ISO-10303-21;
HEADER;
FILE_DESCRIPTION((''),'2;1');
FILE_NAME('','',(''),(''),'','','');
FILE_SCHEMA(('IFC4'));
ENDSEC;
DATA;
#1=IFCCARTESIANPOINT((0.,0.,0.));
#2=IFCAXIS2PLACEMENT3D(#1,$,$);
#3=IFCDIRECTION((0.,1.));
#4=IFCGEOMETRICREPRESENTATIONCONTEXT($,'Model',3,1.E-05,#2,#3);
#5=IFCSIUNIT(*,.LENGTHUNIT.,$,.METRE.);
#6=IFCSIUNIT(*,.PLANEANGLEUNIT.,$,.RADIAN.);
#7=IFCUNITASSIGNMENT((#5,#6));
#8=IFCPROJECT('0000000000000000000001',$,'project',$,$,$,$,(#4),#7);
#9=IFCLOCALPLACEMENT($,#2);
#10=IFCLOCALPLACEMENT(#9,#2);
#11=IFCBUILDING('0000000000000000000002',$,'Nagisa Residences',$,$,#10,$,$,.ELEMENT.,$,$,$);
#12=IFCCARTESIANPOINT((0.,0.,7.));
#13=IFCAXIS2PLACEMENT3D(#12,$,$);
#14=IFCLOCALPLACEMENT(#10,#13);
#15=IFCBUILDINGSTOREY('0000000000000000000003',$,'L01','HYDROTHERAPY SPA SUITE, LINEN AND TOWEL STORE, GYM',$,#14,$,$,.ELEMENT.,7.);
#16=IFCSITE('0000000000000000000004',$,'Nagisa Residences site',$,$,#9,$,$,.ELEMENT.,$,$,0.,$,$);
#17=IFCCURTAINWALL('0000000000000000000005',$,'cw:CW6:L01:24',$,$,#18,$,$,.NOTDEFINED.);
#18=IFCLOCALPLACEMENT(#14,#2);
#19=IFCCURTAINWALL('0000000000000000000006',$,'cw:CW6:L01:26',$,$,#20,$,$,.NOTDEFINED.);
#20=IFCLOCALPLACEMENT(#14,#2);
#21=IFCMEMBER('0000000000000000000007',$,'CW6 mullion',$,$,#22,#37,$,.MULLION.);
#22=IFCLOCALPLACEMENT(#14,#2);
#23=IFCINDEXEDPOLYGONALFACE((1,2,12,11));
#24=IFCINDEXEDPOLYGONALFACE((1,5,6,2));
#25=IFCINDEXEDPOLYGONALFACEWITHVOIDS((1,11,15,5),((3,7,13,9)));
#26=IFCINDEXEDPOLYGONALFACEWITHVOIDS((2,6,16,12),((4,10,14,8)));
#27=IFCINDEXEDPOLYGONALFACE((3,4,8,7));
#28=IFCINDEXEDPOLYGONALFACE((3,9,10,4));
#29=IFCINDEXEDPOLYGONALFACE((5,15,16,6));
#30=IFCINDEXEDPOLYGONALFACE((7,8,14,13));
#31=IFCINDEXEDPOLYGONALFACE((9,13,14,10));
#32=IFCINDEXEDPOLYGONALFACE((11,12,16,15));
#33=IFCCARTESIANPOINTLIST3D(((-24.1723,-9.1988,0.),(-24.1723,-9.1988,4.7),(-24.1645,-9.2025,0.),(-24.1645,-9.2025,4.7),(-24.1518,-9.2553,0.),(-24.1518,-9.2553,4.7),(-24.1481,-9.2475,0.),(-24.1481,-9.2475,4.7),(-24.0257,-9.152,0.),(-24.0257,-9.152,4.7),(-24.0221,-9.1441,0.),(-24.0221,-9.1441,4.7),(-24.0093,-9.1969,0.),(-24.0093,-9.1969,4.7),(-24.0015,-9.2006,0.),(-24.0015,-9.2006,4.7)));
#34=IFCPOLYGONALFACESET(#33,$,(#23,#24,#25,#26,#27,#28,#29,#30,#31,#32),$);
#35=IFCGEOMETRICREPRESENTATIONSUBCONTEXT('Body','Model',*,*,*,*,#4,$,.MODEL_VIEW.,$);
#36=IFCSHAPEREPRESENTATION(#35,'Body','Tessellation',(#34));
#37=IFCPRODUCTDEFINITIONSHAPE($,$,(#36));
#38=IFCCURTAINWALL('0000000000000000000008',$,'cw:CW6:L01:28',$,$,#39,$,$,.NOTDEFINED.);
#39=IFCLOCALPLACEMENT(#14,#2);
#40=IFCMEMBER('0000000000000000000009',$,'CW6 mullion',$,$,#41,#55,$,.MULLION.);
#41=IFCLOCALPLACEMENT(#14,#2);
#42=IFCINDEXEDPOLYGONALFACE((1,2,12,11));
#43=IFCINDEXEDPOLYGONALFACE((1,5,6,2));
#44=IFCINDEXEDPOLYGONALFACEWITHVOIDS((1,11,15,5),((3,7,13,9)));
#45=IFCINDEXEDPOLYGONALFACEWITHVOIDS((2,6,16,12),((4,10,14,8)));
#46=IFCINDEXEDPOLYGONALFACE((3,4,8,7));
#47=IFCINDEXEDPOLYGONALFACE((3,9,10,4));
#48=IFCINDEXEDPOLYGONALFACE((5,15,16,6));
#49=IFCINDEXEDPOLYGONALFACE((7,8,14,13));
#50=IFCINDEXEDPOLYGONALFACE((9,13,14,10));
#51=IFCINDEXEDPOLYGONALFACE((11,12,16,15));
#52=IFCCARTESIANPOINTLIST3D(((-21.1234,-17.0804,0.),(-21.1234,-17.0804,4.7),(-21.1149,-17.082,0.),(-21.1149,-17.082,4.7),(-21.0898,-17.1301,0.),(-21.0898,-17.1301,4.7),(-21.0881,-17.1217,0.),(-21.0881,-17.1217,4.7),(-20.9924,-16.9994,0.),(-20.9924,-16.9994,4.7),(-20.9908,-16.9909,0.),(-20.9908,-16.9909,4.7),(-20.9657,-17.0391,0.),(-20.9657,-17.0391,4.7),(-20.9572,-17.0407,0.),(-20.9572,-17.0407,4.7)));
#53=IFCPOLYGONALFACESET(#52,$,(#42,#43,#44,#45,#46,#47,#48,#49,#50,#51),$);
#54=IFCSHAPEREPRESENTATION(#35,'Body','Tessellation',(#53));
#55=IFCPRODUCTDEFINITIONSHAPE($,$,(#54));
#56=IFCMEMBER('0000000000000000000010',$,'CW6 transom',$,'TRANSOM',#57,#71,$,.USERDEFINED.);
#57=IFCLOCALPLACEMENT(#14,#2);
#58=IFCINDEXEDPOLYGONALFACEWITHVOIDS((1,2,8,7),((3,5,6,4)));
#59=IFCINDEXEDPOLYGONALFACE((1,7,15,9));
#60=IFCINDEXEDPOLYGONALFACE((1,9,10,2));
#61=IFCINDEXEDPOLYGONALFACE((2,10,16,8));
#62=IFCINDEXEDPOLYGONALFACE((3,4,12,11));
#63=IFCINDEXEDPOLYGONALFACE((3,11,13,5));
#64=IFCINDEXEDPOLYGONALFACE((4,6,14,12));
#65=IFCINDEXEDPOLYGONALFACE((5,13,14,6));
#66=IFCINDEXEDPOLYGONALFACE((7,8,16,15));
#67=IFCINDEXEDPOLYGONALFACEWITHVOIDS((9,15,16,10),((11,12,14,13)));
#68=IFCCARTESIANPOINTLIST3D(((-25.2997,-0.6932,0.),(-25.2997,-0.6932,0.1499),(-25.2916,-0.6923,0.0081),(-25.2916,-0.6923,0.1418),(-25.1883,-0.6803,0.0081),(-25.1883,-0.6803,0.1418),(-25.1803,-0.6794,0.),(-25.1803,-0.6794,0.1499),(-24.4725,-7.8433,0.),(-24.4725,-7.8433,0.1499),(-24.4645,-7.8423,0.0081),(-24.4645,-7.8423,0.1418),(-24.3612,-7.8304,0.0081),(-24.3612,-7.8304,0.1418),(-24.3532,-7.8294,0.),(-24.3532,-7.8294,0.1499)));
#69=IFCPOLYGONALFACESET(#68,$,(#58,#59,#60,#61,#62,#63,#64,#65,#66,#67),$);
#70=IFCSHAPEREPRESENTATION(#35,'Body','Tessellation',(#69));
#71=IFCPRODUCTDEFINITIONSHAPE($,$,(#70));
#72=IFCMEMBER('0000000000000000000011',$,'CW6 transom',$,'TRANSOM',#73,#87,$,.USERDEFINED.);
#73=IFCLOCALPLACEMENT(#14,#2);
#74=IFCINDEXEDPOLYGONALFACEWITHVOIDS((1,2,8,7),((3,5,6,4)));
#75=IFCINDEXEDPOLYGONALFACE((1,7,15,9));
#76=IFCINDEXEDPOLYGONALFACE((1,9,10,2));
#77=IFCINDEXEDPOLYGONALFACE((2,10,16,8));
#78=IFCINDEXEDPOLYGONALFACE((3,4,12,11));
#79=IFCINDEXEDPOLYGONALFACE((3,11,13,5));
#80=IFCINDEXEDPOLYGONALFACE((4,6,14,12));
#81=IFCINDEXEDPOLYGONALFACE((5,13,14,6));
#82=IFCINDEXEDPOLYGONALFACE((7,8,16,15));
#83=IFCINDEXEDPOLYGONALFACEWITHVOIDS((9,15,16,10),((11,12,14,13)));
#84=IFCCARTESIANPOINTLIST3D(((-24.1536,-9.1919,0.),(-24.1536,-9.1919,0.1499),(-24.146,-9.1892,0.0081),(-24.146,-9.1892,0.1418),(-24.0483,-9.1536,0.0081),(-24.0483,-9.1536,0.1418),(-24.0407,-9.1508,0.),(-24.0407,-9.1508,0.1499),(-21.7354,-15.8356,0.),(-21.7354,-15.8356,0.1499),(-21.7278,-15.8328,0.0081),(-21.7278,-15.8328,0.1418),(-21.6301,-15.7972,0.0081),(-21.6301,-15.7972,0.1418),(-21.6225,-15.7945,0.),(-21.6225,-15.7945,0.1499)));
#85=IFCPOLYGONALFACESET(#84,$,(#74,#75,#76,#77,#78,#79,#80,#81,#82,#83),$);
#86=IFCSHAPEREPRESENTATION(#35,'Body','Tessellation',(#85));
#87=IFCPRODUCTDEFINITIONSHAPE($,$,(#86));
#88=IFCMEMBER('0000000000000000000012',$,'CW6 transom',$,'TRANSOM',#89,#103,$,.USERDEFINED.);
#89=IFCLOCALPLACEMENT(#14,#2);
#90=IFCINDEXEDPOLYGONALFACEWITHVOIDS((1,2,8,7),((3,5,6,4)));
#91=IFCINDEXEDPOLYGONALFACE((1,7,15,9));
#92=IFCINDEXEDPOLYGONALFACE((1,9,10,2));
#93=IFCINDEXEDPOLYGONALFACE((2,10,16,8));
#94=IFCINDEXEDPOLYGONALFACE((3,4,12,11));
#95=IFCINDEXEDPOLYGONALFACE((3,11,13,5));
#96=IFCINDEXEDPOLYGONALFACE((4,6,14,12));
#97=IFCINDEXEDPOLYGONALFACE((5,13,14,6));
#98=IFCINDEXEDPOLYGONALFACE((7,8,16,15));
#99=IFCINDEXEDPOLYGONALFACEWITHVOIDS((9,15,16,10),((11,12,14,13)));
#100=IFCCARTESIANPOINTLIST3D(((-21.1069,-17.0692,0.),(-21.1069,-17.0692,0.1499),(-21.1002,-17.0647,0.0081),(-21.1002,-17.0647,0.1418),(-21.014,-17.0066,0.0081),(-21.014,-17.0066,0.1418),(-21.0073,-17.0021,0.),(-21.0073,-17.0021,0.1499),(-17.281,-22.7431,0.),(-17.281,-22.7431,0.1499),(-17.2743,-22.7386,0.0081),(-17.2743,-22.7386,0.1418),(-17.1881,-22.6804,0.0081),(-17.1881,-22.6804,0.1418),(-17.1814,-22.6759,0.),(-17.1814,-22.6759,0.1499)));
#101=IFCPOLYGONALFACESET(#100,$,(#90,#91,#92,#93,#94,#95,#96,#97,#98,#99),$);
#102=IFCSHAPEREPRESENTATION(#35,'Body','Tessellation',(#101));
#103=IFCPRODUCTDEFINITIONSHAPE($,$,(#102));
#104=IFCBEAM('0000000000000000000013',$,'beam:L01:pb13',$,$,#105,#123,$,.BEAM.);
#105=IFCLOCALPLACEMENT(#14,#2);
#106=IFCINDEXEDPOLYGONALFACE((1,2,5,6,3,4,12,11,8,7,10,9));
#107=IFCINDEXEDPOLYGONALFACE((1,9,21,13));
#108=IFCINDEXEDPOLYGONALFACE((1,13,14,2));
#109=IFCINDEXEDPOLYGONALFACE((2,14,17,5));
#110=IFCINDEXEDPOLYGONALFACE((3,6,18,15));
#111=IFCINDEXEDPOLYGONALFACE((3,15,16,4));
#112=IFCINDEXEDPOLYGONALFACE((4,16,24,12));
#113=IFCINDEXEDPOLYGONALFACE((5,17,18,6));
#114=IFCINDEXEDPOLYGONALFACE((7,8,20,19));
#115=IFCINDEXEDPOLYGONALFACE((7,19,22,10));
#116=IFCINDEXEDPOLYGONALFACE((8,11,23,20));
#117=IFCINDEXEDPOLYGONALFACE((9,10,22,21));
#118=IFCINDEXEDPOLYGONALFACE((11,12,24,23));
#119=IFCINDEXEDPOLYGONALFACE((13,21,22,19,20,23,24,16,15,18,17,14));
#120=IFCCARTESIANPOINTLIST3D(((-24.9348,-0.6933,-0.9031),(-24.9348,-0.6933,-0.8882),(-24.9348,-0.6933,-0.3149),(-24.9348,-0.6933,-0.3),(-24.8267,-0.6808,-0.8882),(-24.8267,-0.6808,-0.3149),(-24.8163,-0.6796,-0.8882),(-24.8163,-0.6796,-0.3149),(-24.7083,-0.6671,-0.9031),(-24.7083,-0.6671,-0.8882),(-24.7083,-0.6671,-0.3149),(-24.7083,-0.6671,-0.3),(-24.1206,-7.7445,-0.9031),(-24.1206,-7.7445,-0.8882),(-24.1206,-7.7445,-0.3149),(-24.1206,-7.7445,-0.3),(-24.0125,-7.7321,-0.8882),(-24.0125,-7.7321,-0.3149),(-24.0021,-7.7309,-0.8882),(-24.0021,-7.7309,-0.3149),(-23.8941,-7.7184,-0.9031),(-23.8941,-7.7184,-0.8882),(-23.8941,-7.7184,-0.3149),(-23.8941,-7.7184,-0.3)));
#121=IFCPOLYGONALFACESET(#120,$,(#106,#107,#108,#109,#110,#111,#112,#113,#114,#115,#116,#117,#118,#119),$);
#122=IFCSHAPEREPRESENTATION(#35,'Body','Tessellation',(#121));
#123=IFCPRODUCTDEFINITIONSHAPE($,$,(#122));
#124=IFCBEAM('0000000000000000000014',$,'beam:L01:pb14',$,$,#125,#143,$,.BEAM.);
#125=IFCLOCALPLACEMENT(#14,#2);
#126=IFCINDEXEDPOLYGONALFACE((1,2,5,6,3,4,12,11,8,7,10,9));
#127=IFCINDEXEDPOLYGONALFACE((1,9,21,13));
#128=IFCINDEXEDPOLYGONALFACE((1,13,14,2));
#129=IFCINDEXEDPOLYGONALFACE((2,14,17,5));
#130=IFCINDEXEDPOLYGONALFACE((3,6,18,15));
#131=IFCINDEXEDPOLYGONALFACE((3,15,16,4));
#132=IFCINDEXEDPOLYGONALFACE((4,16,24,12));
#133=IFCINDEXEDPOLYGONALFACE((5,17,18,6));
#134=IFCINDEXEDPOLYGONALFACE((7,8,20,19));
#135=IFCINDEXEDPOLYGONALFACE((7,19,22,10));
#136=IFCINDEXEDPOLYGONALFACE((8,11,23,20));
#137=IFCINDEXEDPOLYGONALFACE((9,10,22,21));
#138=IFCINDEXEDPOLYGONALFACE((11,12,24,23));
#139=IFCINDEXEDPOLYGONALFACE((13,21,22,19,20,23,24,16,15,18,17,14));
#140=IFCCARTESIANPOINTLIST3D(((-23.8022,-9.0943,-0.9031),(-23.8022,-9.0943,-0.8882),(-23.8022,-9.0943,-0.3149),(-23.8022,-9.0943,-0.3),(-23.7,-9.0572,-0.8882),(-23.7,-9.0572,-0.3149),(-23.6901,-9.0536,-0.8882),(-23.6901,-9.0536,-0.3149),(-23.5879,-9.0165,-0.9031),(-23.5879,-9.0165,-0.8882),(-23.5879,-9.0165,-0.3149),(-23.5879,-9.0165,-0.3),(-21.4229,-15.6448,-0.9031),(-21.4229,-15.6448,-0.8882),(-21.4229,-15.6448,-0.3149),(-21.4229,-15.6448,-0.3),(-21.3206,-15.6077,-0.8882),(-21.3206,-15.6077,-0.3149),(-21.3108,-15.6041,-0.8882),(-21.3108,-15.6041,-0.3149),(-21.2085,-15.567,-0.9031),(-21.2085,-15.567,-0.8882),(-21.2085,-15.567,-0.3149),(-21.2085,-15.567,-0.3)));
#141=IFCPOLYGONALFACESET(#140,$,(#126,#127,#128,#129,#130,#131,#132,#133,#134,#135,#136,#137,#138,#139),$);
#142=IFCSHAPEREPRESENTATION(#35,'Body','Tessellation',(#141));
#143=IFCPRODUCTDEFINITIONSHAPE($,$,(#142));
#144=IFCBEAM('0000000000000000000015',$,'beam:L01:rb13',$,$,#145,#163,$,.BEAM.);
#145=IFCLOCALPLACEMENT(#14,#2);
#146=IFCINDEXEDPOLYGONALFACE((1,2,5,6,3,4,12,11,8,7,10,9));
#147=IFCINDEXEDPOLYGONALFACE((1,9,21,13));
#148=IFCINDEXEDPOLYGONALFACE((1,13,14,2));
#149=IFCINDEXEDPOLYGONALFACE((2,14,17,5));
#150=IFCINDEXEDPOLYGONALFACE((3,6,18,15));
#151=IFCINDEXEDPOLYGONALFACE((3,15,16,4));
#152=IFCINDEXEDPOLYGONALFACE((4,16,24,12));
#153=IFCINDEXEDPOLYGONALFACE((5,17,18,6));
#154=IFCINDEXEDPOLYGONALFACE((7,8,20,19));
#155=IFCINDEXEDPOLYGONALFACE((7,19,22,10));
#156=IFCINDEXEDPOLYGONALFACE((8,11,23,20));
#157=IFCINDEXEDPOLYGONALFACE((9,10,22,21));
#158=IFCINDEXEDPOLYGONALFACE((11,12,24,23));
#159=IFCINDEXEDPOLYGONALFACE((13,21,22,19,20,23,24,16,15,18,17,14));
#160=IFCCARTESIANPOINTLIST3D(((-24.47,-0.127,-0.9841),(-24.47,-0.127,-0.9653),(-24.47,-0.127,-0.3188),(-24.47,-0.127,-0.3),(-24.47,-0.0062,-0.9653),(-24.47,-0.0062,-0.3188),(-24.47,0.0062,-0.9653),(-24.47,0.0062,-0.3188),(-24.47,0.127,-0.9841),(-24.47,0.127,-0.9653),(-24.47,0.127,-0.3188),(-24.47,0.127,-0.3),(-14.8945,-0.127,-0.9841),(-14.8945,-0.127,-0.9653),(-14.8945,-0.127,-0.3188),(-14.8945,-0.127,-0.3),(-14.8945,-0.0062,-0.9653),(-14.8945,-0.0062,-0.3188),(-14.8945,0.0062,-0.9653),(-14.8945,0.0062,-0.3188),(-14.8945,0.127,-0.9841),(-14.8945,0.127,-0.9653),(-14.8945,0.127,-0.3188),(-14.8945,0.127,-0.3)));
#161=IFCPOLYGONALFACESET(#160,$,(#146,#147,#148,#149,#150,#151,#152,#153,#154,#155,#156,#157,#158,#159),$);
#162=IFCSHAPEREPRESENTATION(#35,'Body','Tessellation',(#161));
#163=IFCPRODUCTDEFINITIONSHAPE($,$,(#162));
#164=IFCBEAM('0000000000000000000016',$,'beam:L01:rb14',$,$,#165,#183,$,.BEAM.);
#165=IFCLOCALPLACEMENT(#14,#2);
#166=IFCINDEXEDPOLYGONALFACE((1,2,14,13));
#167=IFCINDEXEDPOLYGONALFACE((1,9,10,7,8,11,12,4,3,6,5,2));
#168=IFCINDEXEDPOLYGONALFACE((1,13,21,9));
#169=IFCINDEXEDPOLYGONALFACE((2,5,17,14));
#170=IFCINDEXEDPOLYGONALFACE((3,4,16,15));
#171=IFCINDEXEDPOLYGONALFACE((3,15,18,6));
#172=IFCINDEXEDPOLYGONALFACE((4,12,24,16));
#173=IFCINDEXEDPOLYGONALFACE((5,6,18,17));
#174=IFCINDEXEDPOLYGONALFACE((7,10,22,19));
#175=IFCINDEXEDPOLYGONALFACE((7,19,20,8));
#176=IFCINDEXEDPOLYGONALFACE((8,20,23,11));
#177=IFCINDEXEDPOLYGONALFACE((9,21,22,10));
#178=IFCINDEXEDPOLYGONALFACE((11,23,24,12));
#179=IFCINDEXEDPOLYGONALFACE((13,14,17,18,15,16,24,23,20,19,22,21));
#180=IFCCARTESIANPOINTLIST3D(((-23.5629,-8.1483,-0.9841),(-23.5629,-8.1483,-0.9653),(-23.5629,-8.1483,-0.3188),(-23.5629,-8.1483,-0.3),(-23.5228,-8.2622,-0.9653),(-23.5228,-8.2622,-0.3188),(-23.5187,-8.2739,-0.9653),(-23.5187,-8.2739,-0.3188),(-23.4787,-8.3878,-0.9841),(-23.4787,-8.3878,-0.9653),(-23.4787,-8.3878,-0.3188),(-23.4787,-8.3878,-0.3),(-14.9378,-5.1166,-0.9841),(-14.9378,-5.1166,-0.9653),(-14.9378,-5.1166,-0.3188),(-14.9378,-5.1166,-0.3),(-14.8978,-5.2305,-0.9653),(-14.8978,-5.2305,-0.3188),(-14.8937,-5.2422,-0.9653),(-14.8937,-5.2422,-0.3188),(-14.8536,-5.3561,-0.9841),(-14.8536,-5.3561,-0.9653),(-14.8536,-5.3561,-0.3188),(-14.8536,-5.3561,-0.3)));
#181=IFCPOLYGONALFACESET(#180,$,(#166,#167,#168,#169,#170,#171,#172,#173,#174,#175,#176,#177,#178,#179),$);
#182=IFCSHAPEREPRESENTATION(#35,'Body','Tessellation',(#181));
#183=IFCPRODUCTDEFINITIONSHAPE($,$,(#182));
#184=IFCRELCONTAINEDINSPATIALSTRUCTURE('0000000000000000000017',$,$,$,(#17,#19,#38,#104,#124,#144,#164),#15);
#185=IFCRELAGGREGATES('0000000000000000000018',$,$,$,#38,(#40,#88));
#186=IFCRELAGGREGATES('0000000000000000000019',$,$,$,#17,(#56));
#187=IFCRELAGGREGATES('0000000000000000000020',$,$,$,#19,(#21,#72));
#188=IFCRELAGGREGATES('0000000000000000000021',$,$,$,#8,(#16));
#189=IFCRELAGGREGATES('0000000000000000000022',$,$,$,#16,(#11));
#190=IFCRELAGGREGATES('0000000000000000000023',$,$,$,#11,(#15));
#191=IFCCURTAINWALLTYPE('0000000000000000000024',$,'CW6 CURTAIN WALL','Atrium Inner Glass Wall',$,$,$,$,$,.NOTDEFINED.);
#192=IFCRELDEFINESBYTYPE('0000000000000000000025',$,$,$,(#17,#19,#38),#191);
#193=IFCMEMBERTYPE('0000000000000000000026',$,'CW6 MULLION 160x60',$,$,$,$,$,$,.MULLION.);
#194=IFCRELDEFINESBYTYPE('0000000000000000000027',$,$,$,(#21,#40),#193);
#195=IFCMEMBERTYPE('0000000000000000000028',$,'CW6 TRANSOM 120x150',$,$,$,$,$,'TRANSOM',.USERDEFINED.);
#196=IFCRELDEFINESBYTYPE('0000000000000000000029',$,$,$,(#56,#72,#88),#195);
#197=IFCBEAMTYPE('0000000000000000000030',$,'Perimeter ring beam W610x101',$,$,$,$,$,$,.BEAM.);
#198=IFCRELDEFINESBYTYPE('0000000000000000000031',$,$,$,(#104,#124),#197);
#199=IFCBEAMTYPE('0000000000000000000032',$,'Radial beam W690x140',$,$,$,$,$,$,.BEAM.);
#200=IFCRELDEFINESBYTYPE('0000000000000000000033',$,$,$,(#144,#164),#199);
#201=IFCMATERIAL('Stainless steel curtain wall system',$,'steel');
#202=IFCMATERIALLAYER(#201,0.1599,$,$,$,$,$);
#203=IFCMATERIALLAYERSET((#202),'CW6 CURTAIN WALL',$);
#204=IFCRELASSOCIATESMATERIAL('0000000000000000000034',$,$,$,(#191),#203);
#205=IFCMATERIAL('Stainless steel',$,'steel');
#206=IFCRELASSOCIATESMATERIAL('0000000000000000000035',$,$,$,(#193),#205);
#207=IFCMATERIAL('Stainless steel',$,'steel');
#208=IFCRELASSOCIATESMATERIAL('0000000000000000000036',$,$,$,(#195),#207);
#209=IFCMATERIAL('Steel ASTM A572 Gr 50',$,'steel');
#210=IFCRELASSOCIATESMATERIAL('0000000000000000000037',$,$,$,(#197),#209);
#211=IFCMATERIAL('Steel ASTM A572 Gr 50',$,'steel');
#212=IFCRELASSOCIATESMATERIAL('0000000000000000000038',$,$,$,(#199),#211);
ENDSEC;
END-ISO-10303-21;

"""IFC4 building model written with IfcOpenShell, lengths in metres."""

from ifc_helpers import new_model, si_unit, direction, frame, origin, origin_2d, place, context, subcontext, project, spatial, hollow_rectangle, i_section, extrude, material, layer, layer_set, material_profile, profile_set, type_object, element, aggregate, save


model = new_model("IFC4")

# Units and contexts
model_context = context("Model", 3, precision=1e-05, world=origin(), true_north=direction((0.0, 1.0)))
body_context = subcontext(model_context, "Body", "Model", "MODEL_VIEW")
ifc_project = project(units=[si_unit("LENGTHUNIT", "METRE"), si_unit("PLANEANGLEUNIT", "RADIAN")], contexts=[model_context])

# Site, building, storey
site_placement = place(None, origin())
site = spatial("IfcSite", under=ifc_project, at=site_placement, Name="Nagisa Residences site", CompositionType="ELEMENT", RefElevation=0.0)
building_placement = place(site_placement, origin())
building = spatial("IfcBuilding", under=site, at=building_placement, Name="Nagisa Residences", CompositionType="ELEMENT")
storey_placement = place(building_placement, frame((0.0, 0.0, 7.0)))
storey = spatial("IfcBuildingStorey", under=building, at=storey_placement, Name="L01", Description="HYDROTHERAPY SPA SUITE, LINEN AND TOWEL STORE, GYM", CompositionType="ELEMENT", Elevation=7.0)

# Curtain walls, members
ifc_material_1 = material(Name="Stainless steel curtain wall system", Category="steel")
ifc_layer_1 = layer(ifc_material_1, 0.1599)
ifc_layer_set_1 = layer_set([ifc_layer_1], Name="CW6 CURTAIN WALL")
curtain_wall_type_1 = type_object("IfcCurtainWallType", Name="CW6 CURTAIN WALL", Description="Atrium Inner Glass Wall", PredefinedType="NOTDEFINED", material=ifc_layer_set_1)
curtain_wall_1_placement = place(storey_placement, origin())
curtain_wall_1 = element("IfcCurtainWall", 1, at=curtain_wall_1_placement, inside=storey, type_object=curtain_wall_type_1, Name="cw:CW6:L01:24", PredefinedType="NOTDEFINED")
ifc_material_2 = material(Name="Stainless steel", Category="steel")
ifc_material_profile_1 = material_profile(ifc_material_2, hollow_rectangle(XDim=0.1599, YDim=0.0601, WallThickness=0.0061, at=origin_2d()), Name="CW6 MULLION 160x60")
ifc_profile_set_1 = profile_set([ifc_material_profile_1], Name="Stainless steel")
member_type_1 = type_object("IfcMemberType", Name="CW6 MULLION 160x60", PredefinedType="MULLION", material=ifc_profile_set_1)
curtain_wall_2_placement = place(storey_placement, origin())
curtain_wall_2 = element("IfcCurtainWall", 2, at=curtain_wall_2_placement, inside=storey, type_object=curtain_wall_type_1, Name="cw:CW6:L01:26", PredefinedType="NOTDEFINED")
member_1_placement = place(storey_placement, frame((-24.0869, -9.1997, 0.0), z_axis=(0.0, 0.0, 1.0), x_axis=(0.939682, 0.34205, 0.0)))
member_1 = element("IfcMember", 3, at=member_1_placement, type_object=member_type_1, Name="CW6 mullion", PredefinedType="MULLION", context=body_context, shape_type="SweptSolid", body=[
    extrude(hollow_rectangle(XDim=0.1599, YDim=0.0601, WallThickness=0.0061, at=origin_2d()), origin(), (0.0, 0.0, 1.0), 4.7),
])
curtain_wall_3_placement = place(storey_placement, origin())
curtain_wall_3 = element("IfcCurtainWall", 4, at=curtain_wall_3_placement, inside=storey, type_object=curtain_wall_type_1, Name="cw:CW6:L01:28", PredefinedType="NOTDEFINED")
member_2_placement = place(storey_placement, frame((-21.0403, -17.0605, 0.0), z_axis=(0.0, 0.0, 1.0), x_axis=(0.829111, 0.559084, 0.0)))
member_2 = element("IfcMember", 5, at=member_2_placement, type_object=member_type_1, Name="CW6 mullion", PredefinedType="MULLION", context=body_context, shape_type="SweptSolid", body=[
    extrude(hollow_rectangle(XDim=0.1599, YDim=0.0601, WallThickness=0.0061, at=origin_2d()), origin(), (0.0, 0.0, 1.0), 4.7),
])

# Members
ifc_material_3 = material(Name="Stainless steel", Category="steel")
ifc_material_profile_2 = material_profile(ifc_material_3, hollow_rectangle(XDim=0.1201, YDim=0.1499, WallThickness=0.0081, at=origin_2d()), Name="CW6 TRANSOM 120x150")
ifc_profile_set_2 = profile_set([ifc_material_profile_2], Name="Stainless steel")
member_type_2 = type_object("IfcMemberType", Name="CW6 TRANSOM 120x150", ElementType="TRANSOM", PredefinedType="USERDEFINED", material=ifc_profile_set_2)
member_3_placement = place(storey_placement, frame((-25.24, -0.6863, 0.075), z_axis=(0.114916, -0.993375, 0.0), x_axis=(0.993375, 0.114916, 0.0)))
member_3 = element("IfcMember", 6, at=member_3_placement, type_object=member_type_2, Name="CW6 transom", ObjectType="TRANSOM", PredefinedType="USERDEFINED", context=body_context, shape_type="SweptSolid", body=[
    extrude(hollow_rectangle(XDim=0.1201, YDim=0.1499, WallThickness=0.0081, at=origin_2d()), origin(), (0.0, 0.0, 1.0), 7.1978),
])
member_4_placement = place(storey_placement, frame((-24.0972, -9.1714, 0.075), z_axis=(0.34204, -0.939685, 0.0), x_axis=(0.939685, 0.34204, 0.0)))
member_4 = element("IfcMember", 7, at=member_4_placement, type_object=member_type_2, Name="CW6 transom", ObjectType="TRANSOM", PredefinedType="USERDEFINED", context=body_context, shape_type="SweptSolid", body=[
    extrude(hollow_rectangle(XDim=0.1201, YDim=0.1499, WallThickness=0.0081, at=origin_2d()), origin(), (0.0, 0.0, 1.0), 7.0701),
])
member_5_placement = place(storey_placement, frame((-21.0571, -17.0356, 0.075), z_axis=(0.559081, -0.829113, 0.0), x_axis=(0.829113, 0.559081, 0.0)))
member_5 = element("IfcMember", 8, at=member_5_placement, type_object=member_type_2, Name="CW6 transom", ObjectType="TRANSOM", PredefinedType="USERDEFINED", context=body_context, shape_type="SweptSolid", body=[
    extrude(hollow_rectangle(XDim=0.1201, YDim=0.1499, WallThickness=0.0081, at=origin_2d()), origin(), (0.0, 0.0, 1.0), 6.8433),
])
aggregate(curtain_wall_3, [member_2, member_5])

# Beams
ifc_material_4 = material(Name="Steel ASTM A572 Gr 50", Category="steel")
ifc_material_profile_3 = material_profile(ifc_material_4, i_section(OverallWidth=0.228, OverallDepth=0.603, WebThickness=0.0105, FlangeThickness=0.0149, at=origin_2d()), Name="W610x101")
ifc_profile_set_3 = profile_set([ifc_material_profile_3], Name="Steel ASTM A572 Gr 50")
beam_type_1 = type_object("IfcBeamType", Name="Perimeter ring beam W610x101", PredefinedType="BEAM", material=ifc_profile_set_3)
beam_1_placement = place(storey_placement, frame((-24.8215, -0.6802, -0.6016), z_axis=(0.114708, -0.993399, 0.0), x_axis=(0.993399, 0.114708, 0.0)))
element("IfcBeam", 9, at=beam_1_placement, inside=storey, type_object=beam_type_1, Name="beam:L01:pb13", PredefinedType="BEAM", context=body_context, shape_type="SweptSolid", body=[
    extrude(i_section(OverallWidth=0.228, OverallDepth=0.603, WebThickness=0.0105, FlangeThickness=0.0149, at=origin_2d()), origin(), (0.0, 0.0, 1.0), 7.0981),
])
beam_2_placement = place(storey_placement, frame((-23.6951, -9.0554, -0.6016), z_axis=(0.341411, -0.939914, 0.0), x_axis=(0.939914, 0.341411, 0.0)))
element("IfcBeam", 10, at=beam_2_placement, inside=storey, type_object=beam_type_1, Name="beam:L01:pb14", PredefinedType="BEAM", context=body_context, shape_type="SweptSolid", body=[
    extrude(i_section(OverallWidth=0.228, OverallDepth=0.603, WebThickness=0.0105, FlangeThickness=0.0149, at=origin_2d()), origin(), (0.0, 0.0, 1.0), 6.9692),
])
ifc_material_5 = material(Name="Steel ASTM A572 Gr 50", Category="steel")
ifc_material_profile_4 = material_profile(ifc_material_5, i_section(OverallWidth=0.2539, OverallDepth=0.6841, WebThickness=0.0125, FlangeThickness=0.0188, at=origin_2d()), Name="W690x140")
ifc_profile_set_4 = profile_set([ifc_material_profile_4], Name="Steel ASTM A572 Gr 50")
beam_type_2 = type_object("IfcBeamType", Name="Radial beam W690x140", PredefinedType="BEAM", material=ifc_profile_set_4)
beam_3_placement = place(storey_placement, frame((-24.47, 0.0, -0.6421), z_axis=(1.0, 0.0, 0.0), x_axis=(0.0, 1.0, 0.0)))
element("IfcBeam", 11, at=beam_3_placement, inside=storey, type_object=beam_type_2, Name="beam:L01:rb13", PredefinedType="BEAM", context=body_context, shape_type="SweptSolid", body=[
    extrude(i_section(OverallWidth=0.2539, OverallDepth=0.6841, WebThickness=0.0125, FlangeThickness=0.0188, at=origin_2d()), origin(), (0.0, 0.0, 1.0), 9.5754),
])
beam_4_placement = place(storey_placement, frame((-23.5208, -8.2681, -0.6421), z_axis=(0.943415, 0.331616, 0.0), x_axis=(-0.331616, 0.943415, 0.0)))
element("IfcBeam", 12, at=beam_4_placement, inside=storey, type_object=beam_type_2, Name="beam:L01:rb14", PredefinedType="BEAM", context=body_context, shape_type="SweptSolid", body=[
    extrude(i_section(OverallWidth=0.2539, OverallDepth=0.6841, WebThickness=0.0125, FlangeThickness=0.0188, at=origin_2d()), origin(), (0.0, 0.0, 1.0), 9.1423),
])

aggregate(curtain_wall_1, [member_3])
aggregate(curtain_wall_2, [member_1, member_4])

save(model, "model.ifc")
